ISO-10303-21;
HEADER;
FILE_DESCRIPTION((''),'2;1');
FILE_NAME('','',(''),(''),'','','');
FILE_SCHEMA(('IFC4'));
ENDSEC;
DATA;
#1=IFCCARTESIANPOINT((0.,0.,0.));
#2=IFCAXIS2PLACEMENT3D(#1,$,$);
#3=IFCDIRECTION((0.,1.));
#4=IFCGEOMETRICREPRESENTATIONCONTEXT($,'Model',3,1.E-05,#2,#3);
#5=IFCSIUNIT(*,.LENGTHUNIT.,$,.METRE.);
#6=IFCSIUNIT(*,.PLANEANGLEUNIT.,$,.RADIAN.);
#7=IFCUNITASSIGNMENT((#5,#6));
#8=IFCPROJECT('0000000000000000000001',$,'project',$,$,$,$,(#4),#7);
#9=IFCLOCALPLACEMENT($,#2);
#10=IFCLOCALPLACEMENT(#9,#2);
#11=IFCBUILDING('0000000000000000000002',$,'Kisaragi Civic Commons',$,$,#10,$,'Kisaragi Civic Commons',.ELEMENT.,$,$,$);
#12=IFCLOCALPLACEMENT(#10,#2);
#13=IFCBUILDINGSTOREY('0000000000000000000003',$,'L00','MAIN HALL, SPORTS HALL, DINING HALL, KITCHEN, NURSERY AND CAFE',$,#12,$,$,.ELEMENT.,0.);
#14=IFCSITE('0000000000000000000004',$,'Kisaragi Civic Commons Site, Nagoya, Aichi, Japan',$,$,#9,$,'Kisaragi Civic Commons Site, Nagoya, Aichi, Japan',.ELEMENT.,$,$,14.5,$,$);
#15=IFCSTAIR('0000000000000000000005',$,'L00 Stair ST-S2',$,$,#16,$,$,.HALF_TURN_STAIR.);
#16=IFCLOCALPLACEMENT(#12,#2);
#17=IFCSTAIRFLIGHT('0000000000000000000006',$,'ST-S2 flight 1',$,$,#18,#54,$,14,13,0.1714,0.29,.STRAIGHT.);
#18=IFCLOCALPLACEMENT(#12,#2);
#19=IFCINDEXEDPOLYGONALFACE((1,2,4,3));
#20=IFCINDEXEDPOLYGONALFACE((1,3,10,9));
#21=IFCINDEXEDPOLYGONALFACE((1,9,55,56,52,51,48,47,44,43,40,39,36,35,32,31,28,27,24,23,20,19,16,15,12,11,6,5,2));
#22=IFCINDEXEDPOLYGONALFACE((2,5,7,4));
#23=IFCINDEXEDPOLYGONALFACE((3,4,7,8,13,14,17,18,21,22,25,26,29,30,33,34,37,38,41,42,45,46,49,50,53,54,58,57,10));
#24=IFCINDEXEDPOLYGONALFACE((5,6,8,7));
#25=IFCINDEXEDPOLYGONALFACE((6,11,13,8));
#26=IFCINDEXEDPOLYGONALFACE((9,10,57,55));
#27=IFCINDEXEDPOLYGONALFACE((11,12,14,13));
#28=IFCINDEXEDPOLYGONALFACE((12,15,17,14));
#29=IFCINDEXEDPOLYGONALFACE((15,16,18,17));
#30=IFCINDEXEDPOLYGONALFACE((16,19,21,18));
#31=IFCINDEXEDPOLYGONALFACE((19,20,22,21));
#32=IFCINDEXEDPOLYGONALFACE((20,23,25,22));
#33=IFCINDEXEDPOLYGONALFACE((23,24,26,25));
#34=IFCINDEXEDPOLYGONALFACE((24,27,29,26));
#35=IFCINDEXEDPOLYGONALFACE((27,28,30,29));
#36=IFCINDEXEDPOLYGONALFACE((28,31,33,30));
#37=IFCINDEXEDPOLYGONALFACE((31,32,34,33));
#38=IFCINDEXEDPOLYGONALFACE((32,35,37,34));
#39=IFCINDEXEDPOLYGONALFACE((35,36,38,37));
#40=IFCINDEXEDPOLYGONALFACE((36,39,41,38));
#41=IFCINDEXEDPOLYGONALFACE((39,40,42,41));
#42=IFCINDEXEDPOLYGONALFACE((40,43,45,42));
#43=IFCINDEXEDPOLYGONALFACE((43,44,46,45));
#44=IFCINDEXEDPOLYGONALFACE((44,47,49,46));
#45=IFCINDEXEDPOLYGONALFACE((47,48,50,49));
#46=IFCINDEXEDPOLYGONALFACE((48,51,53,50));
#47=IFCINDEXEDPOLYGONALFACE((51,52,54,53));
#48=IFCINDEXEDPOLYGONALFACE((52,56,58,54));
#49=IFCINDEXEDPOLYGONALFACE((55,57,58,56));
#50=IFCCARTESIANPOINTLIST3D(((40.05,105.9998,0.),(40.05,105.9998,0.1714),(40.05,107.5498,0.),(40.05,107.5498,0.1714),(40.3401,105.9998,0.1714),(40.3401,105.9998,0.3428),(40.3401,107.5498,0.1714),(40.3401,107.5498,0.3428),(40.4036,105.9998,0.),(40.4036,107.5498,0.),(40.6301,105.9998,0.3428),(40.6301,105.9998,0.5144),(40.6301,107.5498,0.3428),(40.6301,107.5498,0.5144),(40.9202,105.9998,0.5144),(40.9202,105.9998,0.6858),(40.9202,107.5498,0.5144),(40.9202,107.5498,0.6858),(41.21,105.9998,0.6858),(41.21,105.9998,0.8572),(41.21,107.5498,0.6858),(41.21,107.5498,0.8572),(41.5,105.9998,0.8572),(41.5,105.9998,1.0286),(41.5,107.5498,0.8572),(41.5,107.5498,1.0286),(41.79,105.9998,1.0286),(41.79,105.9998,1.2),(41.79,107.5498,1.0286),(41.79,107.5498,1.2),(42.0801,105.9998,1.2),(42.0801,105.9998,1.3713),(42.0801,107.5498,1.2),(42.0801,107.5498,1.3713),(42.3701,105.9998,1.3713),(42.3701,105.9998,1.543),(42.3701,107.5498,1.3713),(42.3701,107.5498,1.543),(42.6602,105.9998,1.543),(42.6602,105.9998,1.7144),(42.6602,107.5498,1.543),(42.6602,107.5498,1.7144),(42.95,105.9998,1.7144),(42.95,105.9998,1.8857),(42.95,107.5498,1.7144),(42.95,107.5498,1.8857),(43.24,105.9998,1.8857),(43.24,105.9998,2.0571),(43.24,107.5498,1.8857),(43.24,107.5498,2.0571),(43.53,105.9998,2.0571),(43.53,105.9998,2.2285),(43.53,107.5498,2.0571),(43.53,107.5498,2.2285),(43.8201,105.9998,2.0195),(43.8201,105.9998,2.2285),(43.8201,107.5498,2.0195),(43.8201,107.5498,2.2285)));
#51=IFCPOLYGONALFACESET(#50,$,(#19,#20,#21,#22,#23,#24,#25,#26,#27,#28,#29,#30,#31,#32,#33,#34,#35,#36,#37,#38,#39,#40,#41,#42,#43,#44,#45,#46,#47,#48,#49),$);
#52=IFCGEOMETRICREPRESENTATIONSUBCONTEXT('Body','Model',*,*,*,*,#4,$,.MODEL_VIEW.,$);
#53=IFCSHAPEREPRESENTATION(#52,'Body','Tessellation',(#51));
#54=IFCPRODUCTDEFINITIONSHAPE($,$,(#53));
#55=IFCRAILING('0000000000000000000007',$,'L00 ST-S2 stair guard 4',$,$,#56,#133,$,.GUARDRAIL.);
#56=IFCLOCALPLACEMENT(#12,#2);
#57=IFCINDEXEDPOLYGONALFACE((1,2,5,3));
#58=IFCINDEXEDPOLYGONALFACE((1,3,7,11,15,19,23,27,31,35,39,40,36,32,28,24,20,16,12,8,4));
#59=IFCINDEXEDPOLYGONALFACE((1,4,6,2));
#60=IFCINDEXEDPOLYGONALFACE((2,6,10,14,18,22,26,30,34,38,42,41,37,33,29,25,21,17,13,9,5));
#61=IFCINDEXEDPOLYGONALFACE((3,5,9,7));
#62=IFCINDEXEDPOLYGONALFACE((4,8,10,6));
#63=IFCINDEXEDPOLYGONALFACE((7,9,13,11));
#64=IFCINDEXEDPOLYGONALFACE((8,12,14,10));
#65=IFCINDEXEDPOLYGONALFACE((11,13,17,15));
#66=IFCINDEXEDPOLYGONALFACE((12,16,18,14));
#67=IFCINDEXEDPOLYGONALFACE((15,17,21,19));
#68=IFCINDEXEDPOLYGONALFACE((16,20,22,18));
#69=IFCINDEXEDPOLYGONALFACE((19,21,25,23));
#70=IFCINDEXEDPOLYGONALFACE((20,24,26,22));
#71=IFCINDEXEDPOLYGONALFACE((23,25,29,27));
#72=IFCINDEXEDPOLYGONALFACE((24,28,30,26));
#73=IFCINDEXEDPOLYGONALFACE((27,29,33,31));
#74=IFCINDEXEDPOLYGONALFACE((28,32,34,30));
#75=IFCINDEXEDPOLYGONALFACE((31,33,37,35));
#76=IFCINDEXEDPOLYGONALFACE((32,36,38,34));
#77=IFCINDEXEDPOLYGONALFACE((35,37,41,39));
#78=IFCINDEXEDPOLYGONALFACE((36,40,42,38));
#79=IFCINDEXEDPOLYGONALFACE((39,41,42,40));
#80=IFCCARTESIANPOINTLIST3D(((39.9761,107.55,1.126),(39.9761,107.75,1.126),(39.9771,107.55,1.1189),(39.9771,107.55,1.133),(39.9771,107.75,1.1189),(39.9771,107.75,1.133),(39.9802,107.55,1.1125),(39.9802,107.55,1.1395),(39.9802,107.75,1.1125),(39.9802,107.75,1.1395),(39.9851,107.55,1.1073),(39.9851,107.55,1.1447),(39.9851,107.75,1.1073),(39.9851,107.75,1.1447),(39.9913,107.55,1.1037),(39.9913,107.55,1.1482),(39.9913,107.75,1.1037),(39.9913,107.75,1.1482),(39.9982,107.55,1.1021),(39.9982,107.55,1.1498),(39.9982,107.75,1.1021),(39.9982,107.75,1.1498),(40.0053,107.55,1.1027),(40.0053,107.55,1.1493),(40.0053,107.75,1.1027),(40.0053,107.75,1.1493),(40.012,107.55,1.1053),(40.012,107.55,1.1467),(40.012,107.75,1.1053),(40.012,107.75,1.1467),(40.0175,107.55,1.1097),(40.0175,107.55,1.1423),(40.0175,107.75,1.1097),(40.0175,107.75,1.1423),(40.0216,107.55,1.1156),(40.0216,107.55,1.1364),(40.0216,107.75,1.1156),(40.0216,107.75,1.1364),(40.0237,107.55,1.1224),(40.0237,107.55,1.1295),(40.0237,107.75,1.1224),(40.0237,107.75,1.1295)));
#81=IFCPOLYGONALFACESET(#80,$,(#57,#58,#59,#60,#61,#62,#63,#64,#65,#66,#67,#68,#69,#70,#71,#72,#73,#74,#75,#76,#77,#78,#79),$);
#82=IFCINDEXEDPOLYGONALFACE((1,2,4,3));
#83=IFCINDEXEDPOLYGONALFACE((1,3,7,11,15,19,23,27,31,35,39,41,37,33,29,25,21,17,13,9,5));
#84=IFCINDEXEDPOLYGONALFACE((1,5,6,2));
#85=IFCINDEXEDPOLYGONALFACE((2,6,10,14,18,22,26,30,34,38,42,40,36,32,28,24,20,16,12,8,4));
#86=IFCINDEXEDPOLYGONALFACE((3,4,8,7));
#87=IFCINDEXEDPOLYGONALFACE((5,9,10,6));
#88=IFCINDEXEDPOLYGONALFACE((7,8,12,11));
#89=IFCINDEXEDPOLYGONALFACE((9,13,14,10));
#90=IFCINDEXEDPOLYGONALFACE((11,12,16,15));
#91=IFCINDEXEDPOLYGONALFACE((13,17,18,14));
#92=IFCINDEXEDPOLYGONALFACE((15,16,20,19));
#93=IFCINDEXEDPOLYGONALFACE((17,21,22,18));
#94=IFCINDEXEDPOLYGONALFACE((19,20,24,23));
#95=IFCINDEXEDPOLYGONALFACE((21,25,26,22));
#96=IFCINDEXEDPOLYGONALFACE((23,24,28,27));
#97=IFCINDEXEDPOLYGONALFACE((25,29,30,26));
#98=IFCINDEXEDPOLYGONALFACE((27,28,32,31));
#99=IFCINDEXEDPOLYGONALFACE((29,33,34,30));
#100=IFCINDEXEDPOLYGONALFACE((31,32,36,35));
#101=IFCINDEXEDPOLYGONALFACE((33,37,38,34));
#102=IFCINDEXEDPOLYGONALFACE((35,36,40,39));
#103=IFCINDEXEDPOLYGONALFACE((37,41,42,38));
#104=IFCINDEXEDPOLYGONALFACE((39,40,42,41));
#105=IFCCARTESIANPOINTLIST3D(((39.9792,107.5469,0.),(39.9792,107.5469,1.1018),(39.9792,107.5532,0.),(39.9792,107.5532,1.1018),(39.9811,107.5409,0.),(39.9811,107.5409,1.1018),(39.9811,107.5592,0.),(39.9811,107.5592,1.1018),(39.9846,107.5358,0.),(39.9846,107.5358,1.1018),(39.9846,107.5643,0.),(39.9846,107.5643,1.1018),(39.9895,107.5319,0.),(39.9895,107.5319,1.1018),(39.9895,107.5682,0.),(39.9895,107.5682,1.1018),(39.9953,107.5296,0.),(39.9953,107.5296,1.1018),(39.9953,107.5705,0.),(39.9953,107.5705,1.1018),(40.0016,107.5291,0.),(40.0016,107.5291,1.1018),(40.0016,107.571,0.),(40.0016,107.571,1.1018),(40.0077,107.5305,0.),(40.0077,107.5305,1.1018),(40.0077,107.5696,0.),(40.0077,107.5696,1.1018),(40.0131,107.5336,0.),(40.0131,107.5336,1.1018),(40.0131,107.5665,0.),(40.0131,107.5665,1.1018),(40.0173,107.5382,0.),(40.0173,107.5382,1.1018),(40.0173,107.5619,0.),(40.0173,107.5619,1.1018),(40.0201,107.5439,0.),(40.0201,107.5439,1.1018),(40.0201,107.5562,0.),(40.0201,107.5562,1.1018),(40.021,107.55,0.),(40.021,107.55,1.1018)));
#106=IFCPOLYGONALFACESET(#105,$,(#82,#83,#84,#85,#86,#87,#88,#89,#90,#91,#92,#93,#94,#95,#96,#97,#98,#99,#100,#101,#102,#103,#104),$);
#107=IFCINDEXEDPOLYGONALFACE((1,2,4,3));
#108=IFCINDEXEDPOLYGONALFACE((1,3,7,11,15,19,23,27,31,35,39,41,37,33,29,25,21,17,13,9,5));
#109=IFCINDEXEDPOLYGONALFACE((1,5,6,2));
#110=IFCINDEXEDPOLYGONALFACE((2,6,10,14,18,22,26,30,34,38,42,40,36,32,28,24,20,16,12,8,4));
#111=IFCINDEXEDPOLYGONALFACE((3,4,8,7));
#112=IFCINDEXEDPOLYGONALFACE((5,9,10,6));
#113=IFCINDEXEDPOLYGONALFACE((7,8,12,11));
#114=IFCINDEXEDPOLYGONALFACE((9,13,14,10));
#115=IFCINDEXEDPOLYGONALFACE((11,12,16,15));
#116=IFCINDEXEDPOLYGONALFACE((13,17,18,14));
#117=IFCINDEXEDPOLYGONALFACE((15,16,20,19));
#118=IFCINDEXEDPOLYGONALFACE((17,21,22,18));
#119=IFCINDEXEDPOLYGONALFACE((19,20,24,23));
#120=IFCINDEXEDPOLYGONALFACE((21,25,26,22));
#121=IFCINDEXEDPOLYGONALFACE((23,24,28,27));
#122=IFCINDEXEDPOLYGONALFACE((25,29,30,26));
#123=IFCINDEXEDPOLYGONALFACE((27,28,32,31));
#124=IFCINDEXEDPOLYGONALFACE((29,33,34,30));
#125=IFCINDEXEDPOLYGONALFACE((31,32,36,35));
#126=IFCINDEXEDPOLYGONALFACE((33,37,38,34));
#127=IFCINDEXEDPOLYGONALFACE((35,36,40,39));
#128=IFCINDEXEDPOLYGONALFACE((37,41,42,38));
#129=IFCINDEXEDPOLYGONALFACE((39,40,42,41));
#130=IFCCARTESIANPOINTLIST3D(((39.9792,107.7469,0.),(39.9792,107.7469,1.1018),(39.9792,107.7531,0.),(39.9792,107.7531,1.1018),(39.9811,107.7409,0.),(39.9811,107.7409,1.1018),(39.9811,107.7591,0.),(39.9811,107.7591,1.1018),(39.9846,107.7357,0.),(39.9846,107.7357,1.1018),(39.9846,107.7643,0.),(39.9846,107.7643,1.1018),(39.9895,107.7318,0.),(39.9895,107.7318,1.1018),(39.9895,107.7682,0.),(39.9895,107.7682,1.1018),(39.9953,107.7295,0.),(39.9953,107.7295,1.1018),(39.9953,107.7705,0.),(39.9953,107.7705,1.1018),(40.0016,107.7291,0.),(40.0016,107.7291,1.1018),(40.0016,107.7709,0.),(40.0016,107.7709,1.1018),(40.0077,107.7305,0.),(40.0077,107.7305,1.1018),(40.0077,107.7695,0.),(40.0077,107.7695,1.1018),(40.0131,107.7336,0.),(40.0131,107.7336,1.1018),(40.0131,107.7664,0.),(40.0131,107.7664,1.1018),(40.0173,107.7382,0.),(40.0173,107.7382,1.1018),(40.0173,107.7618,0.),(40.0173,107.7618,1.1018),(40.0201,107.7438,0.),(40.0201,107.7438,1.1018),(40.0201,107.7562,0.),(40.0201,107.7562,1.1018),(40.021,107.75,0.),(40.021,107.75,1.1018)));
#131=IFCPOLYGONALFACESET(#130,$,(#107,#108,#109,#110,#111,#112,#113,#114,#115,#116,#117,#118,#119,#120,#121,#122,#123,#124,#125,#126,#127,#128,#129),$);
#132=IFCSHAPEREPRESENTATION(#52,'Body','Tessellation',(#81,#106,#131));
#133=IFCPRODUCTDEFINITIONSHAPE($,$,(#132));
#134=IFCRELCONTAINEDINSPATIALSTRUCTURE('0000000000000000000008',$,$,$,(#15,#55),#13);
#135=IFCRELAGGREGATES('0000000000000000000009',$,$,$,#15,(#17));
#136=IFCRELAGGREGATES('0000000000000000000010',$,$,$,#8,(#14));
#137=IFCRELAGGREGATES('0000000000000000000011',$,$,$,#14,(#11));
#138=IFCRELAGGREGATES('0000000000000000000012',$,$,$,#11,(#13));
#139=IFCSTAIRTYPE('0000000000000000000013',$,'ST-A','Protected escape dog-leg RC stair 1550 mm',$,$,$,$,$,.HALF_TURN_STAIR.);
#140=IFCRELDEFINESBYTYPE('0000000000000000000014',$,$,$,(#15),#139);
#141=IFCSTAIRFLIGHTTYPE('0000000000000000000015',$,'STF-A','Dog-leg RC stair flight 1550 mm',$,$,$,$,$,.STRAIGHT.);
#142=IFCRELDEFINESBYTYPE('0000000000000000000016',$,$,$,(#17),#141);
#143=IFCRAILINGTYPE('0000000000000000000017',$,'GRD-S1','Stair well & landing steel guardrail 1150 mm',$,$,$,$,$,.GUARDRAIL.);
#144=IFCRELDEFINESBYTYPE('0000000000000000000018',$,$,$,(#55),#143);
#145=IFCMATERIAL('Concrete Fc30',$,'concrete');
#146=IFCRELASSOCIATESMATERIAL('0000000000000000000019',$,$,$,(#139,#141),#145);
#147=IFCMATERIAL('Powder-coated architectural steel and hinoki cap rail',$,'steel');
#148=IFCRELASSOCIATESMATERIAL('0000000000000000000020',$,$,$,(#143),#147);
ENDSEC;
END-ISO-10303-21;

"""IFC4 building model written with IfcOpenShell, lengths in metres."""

from ifc_helpers import new_model, si_unit, direction, frame, origin, origin_2d, place, context, subcontext, project, spatial, polyline, circle, outline, extrude, material, type_object, element, aggregate, save


model = new_model("IFC4")

# Units and contexts
model_context = context("Model", 3, precision=1e-05, world=origin(), true_north=direction((0.0, 1.0)))
body_context = subcontext(model_context, "Body", "Model", "MODEL_VIEW")
ifc_project = project(units=[si_unit("LENGTHUNIT", "METRE"), si_unit("PLANEANGLEUNIT", "RADIAN")], contexts=[model_context])

# Site, building, storey
site_placement = place(None, origin())
site = spatial("IfcSite", under=ifc_project, at=site_placement, Name="Kisaragi Civic Commons Site, Nagoya, Aichi, Japan", LongName="Kisaragi Civic Commons Site, Nagoya, Aichi, Japan", CompositionType="ELEMENT", RefElevation=14.5)
building_placement = place(site_placement, origin())
building = spatial("IfcBuilding", under=site, at=building_placement, Name="Kisaragi Civic Commons", LongName="Kisaragi Civic Commons", CompositionType="ELEMENT")
storey_placement = place(building_placement, origin())
storey = spatial("IfcBuildingStorey", under=building, at=storey_placement, Name="L00", Description="MAIN HALL, SPORTS HALL, DINING HALL, KITCHEN, NURSERY AND CAFE", CompositionType="ELEMENT", Elevation=0.0)

# Shared definitions
ifc_material_1 = material(Name="Concrete Fc30", Category="concrete")

# Stair, stair flight
stair_type = type_object("IfcStairType", Name="ST-A", Description="Protected escape dog-leg RC stair 1550 mm", PredefinedType="HALF_TURN_STAIR", material=ifc_material_1)
stair_placement = place(storey_placement, origin())
stair = element("IfcStair", 1, at=stair_placement, inside=storey, type_object=stair_type, Name="L00 Stair ST-S2", PredefinedType="HALF_TURN_STAIR")
stair_flight_type = type_object("IfcStairFlightType", Name="STF-A", Description="Dog-leg RC stair flight 1550 mm", PredefinedType="STRAIGHT", material=ifc_material_1)
stair_flight_placement = place(storey_placement, frame((40.05, 106.7749, 0.0), z_axis=(0.0, 0.0, 1.0), x_axis=(1.0, 0.0, 0.0)))
stair_flight = element("IfcStairFlight", 2, at=stair_flight_placement, type_object=stair_flight_type, Name="ST-S2 flight 1", NumberOfRisers=14, NumberOfTreads=13, PredefinedType="STRAIGHT", RiserHeight=0.1714, TreadLength=0.29, context=body_context, shape_type="SweptSolid", body=[
    extrude(outline(polyline([(0.0, 0.0), (0.0, 0.1714), (0.29, 0.1714), (0.29, 0.3428), (0.5801, 0.3428), (0.5801, 0.5144), (0.8701, 0.5144), (0.8701, 0.6858), (1.1599, 0.6858), (1.1599, 0.8572), (1.45, 0.8572), (1.45, 1.0286), (1.74, 1.0286), (1.74, 1.2), (2.03, 1.2), (2.03, 1.3713), (2.3201, 1.3713), (2.3201, 1.543), (2.6101, 1.543), (2.6101, 1.7144), (2.8999, 1.7144), (2.8999, 1.8857), (3.1899, 1.8857), (3.1899, 2.0571), (3.48, 2.0571), (3.48, 2.2285), (3.77, 2.2285), (3.77, 2.3999), (3.77, 2.0195), (0.3535, 0.0), (0.0, 0.0)])), frame((0.0, 0.7749, 0.0), z_axis=(0.0, -1.0, 0.0), x_axis=(1.0, 0.0, 0.0)), (0.0, 0.0, 1.0), 1.55),
])
aggregate(stair, [stair_flight])

# Railing
ifc_material_2 = material(Name="Powder-coated architectural steel and hinoki cap rail", Category="steel")
railing_type_1 = type_object("IfcRailingType", Name="GRD-S1", Description="Stair well & landing steel guardrail 1150 mm", PredefinedType="GUARDRAIL", material=ifc_material_2)
railing_1_placement = place(storey_placement, frame((40.0, 107.55, 0.0)))
element("IfcRailing", 3, at=railing_1_placement, inside=storey, type_object=railing_type_1, Name="L00 ST-S2 stair guard 4", PredefinedType="GUARDRAIL", context=body_context, shape_type="SweptSolid", body=[
    extrude(circle(Radius=0.0239, at=origin_2d()), frame((0.0, 0.0, 1.126), z_axis=(0.0, 1.0, 0.0), x_axis=(-1.0, 0.0, 0.0)), (0.0, 0.0, 1.0), 0.2),
    extrude(circle(Radius=0.021, at=origin_2d()), origin(), (0.0, 0.0, 1.0), 1.1018),
    extrude(circle(Radius=0.021, at=origin_2d()), frame((0.0, 0.2, 0.0)), (0.0, 0.0, 1.0), 1.1018),
])

save(model, "model.ifc")
